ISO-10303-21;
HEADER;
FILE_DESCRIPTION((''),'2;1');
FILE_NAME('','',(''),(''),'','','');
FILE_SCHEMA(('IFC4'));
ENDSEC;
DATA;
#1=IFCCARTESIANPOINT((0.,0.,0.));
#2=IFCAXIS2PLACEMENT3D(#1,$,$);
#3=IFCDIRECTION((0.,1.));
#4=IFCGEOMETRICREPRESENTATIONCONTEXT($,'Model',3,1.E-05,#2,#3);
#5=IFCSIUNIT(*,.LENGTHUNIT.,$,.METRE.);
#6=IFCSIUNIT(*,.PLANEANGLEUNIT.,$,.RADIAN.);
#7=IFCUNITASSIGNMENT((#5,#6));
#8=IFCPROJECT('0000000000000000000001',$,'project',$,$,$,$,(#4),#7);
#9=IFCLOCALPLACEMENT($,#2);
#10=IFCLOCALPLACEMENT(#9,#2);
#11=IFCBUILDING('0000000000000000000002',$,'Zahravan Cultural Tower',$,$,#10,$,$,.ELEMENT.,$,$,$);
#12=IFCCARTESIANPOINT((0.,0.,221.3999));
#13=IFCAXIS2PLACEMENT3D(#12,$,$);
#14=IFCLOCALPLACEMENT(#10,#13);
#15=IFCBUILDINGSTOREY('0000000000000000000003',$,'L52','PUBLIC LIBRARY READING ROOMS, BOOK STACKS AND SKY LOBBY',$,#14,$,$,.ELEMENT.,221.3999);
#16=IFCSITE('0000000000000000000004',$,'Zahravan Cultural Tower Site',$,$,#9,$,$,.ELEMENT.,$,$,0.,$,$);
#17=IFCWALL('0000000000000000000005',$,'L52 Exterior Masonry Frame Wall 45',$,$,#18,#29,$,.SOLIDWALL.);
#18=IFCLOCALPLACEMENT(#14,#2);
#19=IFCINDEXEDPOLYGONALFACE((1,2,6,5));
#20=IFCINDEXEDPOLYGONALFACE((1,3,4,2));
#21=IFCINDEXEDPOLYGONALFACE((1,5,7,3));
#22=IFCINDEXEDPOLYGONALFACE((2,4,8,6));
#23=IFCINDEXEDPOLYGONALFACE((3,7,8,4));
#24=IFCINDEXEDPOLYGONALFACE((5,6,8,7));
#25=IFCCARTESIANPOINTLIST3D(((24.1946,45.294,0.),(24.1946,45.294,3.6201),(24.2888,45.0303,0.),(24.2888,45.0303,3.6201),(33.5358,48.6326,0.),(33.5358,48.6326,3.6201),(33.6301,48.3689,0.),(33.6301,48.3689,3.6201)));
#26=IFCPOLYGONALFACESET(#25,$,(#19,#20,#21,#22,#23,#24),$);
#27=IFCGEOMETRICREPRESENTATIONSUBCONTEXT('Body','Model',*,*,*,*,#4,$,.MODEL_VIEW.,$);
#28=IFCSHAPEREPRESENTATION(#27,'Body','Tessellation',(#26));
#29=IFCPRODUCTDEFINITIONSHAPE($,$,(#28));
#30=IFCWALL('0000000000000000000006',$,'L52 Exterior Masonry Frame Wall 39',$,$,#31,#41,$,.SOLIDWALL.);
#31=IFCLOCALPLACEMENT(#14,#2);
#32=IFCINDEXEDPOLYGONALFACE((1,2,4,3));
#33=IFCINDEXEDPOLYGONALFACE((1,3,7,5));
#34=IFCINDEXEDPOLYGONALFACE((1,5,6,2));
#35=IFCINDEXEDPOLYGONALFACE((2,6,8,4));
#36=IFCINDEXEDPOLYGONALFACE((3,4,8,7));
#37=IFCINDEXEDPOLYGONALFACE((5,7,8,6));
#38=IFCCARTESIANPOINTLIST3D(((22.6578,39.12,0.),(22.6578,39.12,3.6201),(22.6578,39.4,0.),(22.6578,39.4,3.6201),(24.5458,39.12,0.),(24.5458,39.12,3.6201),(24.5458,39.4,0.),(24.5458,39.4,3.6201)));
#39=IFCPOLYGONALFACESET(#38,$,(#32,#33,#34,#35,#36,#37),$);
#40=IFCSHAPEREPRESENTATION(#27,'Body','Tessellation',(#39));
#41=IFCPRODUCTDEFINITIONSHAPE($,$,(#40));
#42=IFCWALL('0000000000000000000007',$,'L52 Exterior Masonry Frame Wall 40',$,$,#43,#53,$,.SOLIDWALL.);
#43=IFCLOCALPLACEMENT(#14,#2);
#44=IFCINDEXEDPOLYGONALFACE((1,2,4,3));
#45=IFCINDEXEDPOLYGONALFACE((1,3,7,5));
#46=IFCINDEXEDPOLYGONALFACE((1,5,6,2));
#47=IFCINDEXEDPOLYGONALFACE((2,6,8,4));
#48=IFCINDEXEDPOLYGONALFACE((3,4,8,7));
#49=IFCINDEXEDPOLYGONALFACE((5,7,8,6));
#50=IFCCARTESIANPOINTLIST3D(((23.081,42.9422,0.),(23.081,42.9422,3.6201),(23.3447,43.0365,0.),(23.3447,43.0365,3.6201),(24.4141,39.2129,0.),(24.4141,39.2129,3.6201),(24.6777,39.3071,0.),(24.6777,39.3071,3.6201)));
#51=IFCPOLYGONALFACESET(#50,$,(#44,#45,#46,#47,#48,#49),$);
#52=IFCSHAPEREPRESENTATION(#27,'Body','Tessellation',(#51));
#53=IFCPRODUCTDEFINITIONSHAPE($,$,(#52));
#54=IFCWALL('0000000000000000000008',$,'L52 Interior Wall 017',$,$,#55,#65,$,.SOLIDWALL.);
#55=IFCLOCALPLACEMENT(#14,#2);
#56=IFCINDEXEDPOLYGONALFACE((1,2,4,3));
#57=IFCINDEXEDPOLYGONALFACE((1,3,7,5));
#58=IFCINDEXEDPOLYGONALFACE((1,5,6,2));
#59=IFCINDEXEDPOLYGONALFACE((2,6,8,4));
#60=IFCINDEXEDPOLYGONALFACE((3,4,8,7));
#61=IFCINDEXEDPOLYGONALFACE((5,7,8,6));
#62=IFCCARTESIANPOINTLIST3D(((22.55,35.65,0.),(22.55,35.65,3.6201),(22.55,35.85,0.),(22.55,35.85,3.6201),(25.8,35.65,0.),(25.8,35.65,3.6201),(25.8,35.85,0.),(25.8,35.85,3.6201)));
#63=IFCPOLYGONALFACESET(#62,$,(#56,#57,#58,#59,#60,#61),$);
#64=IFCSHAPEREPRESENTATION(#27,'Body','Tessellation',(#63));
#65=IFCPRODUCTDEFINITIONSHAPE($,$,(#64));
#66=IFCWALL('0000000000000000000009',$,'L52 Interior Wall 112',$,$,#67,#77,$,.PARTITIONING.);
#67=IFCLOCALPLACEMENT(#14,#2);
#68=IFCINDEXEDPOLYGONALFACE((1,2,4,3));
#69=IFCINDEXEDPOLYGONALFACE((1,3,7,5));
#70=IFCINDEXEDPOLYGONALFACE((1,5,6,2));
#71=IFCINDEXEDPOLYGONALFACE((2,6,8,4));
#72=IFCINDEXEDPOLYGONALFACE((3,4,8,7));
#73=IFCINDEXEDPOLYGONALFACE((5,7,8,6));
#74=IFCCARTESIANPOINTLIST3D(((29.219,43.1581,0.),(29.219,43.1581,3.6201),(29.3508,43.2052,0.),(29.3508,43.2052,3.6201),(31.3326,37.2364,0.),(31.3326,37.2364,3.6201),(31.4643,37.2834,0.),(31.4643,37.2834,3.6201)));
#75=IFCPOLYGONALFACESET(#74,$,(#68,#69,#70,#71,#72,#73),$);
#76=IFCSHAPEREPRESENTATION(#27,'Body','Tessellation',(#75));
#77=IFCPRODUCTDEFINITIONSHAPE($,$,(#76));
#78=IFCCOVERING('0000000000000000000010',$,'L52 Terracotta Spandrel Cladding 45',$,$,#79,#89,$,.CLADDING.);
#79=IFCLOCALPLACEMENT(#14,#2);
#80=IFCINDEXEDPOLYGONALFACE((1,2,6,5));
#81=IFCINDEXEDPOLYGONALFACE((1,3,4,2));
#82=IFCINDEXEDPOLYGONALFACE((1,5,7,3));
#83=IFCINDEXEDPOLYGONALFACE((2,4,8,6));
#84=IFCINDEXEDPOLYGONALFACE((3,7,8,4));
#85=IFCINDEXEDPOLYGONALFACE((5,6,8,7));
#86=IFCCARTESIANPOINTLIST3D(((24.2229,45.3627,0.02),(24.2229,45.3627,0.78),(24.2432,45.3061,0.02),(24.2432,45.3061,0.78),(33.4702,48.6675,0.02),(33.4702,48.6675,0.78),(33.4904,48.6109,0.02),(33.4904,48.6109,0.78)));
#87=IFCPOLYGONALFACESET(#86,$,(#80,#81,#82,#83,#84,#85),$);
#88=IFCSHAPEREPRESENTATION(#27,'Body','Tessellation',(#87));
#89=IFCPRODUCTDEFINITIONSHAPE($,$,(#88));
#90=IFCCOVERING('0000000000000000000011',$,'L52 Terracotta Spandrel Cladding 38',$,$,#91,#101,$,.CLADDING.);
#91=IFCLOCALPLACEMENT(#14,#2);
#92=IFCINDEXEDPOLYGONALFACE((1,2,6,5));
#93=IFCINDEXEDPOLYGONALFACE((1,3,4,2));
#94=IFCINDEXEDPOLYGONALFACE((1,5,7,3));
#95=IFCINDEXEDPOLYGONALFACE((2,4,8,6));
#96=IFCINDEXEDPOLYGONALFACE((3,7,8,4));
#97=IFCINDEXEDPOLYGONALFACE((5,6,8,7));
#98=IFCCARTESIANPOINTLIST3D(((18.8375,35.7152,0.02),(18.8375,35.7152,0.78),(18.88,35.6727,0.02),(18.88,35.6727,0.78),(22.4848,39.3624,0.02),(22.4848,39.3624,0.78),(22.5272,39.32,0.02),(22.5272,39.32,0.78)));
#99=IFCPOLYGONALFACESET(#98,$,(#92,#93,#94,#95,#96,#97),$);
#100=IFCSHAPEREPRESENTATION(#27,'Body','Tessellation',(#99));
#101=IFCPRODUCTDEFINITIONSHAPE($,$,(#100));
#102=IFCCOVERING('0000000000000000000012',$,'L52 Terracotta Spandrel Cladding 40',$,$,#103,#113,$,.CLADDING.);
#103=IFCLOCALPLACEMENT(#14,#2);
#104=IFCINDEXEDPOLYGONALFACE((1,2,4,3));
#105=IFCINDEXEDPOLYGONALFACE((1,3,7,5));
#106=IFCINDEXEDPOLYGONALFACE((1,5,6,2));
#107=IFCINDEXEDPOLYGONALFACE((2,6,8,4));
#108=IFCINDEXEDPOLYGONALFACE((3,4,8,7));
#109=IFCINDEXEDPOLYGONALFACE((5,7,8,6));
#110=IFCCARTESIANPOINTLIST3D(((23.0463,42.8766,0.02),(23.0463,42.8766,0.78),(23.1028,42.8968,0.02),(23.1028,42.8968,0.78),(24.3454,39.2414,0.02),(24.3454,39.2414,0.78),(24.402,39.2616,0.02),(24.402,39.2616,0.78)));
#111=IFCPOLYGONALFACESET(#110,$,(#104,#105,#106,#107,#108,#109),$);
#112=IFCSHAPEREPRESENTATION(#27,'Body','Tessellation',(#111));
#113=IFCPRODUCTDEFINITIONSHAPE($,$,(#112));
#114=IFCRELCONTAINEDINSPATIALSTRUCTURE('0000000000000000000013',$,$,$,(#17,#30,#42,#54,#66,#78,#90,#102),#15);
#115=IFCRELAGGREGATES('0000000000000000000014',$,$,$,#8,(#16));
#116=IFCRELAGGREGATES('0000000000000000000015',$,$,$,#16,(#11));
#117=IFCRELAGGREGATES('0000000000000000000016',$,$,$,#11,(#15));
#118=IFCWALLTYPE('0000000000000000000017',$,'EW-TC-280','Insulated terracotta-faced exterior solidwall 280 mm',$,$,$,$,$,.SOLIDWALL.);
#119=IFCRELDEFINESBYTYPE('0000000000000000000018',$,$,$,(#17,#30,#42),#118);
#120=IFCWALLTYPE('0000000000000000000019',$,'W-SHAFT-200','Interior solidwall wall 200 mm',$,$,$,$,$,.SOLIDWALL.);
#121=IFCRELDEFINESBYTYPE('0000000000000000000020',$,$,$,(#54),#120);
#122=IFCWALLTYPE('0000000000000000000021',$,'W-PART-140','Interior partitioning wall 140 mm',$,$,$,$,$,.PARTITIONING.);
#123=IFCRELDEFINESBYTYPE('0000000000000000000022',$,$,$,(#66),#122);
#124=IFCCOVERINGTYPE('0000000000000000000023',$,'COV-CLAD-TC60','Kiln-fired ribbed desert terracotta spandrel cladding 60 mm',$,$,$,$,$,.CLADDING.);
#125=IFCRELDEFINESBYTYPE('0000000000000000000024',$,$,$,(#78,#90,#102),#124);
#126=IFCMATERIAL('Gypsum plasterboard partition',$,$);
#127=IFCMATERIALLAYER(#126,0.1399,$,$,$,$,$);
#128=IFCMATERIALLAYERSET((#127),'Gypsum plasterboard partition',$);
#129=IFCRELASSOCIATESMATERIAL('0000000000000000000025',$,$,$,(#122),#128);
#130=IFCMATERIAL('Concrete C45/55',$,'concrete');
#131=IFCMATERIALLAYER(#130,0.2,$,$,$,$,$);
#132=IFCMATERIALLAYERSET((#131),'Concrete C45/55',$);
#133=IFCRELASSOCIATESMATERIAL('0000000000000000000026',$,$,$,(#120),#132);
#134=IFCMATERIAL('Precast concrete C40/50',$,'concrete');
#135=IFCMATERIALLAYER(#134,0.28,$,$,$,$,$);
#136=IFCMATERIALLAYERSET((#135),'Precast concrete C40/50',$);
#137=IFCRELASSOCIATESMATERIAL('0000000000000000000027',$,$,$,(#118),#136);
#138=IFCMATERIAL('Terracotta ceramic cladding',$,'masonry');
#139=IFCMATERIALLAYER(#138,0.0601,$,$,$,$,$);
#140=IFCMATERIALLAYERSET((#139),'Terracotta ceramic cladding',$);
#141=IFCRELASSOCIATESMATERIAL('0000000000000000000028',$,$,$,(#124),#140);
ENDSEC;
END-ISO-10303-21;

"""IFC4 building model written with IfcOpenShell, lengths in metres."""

from ifc_helpers import new_model, si_unit, direction, frame, frame_2d, origin, origin_2d, place, context, subcontext, project, spatial, rectangle, extrude, source, transform, mapped, material, layer, layer_set, type_object, element, save


model = new_model("IFC4")

# Units and contexts
model_context = context("Model", 3, precision=1e-05, world=origin(), true_north=direction((0.0, 1.0)))
body_context = subcontext(model_context, "Body", "Model", "MODEL_VIEW")
ifc_project = project(units=[si_unit("LENGTHUNIT", "METRE"), si_unit("PLANEANGLEUNIT", "RADIAN")], contexts=[model_context])

# Site, building, storey
site_placement = place(None, origin())
site = spatial("IfcSite", under=ifc_project, at=site_placement, Name="Zahravan Cultural Tower Site", CompositionType="ELEMENT", RefElevation=0.0)
building_placement = place(site_placement, origin())
building = spatial("IfcBuilding", under=site, at=building_placement, Name="Zahravan Cultural Tower", CompositionType="ELEMENT")
storey_placement = place(building_placement, frame((0.0, 0.0, 221.3999)))
storey = spatial("IfcBuildingStorey", under=building, at=storey_placement, Name="L52", Description="PUBLIC LIBRARY READING ROOMS, BOOK STACKS AND SKY LOBBY", CompositionType="ELEMENT", Elevation=221.3999)

# Shared definitions
ifc_material_1 = material(Name="Gypsum plasterboard partition")
ifc_layer_1 = layer(ifc_material_1, 0.1399)
ifc_layer_set_1 = layer_set([ifc_layer_1], Name="Gypsum plasterboard partition")
wall_type_1 = type_object("IfcWallType", Name="W-PART-140", Description="Interior partitioning wall 140 mm", PredefinedType="PARTITIONING", material=ifc_layer_set_1)
ifc_material_2 = material(Name="Concrete C45/55", Category="concrete")
ifc_layer_2 = layer(ifc_material_2, 0.2)
ifc_layer_set_2 = layer_set([ifc_layer_2], Name="Concrete C45/55")
wall_type_2 = type_object("IfcWallType", Name="W-SHAFT-200", Description="Interior solidwall wall 200 mm", PredefinedType="SOLIDWALL", material=ifc_layer_set_2)

# Walls
ifc_material_3 = material(Name="Precast concrete C40/50", Category="concrete")
ifc_layer_3 = layer(ifc_material_3, 0.28)
ifc_layer_set_3 = layer_set([ifc_layer_3], Name="Precast concrete C40/50")
wall_type_3 = type_object("IfcWallType", Name="EW-TC-280", Description="Insulated terracotta-faced exterior solidwall 280 mm", PredefinedType="SOLIDWALL", material=ifc_layer_set_3)
shared_shape_1 = source(origin(), body_context, "Body", "SweptSolid", [
    extrude(rectangle(XDim=9.9199, YDim=0.28, at=frame_2d((4.96, 0.0))), origin(), (0.0, 0.0, 1.0), 3.6201),
])
wall_1_placement = place(storey_placement, frame((24.2417, 45.1621, 0.0), z_axis=(0.0, 0.0, 1.0), x_axis=(0.941664, 0.336555, 0.0)))
element("IfcWall", 1, at=wall_1_placement, inside=storey, type_object=wall_type_3, Name="L52 Exterior Masonry Frame Wall 45", PredefinedType="SOLIDWALL", context=body_context, shape_type="MappedRepresentation", body=[
    mapped(shared_shape_1, transform((0.0, 0.0, 0.0), x_axis=(1.0, 0.0, 0.0), y_axis=(0.0, 1.0, 0.0), z_axis=(0.0, 0.0, 1.0), scale=1.0)),
])
shared_shape_2 = source(origin(), body_context, "Body", "SweptSolid", [
    extrude(rectangle(XDim=1.8879, YDim=0.28, at=frame_2d((0.9438, 0.0))), origin(), (0.0, 0.0, 1.0), 3.6201),
])
wall_2_placement = place(storey_placement, frame((22.658, 39.26, 0.0), z_axis=(0.0, 0.0, 1.0), x_axis=(1.0, 0.0, 0.0)))
element("IfcWall", 2, at=wall_2_placement, inside=storey, type_object=wall_type_3, Name="L52 Exterior Masonry Frame Wall 39", PredefinedType="SOLIDWALL", context=body_context, shape_type="MappedRepresentation", body=[
    mapped(shared_shape_2, transform((0.0, 0.0, 0.0), x_axis=(1.0, 0.0, 0.0), y_axis=(0.0, 1.0, 0.0), z_axis=(0.0, 0.0, 1.0), scale=1.0)),
])
shared_shape_3 = source(origin(), body_context, "Body", "SweptSolid", [
    extrude(rectangle(XDim=3.9604, YDim=0.28, at=frame_2d((1.9802, 0.0))), origin(), (0.0, 0.0, 1.0), 3.6201),
])
wall_3_placement = place(storey_placement, frame((24.5459, 39.26, 0.0), z_axis=(0.0, 0.0, 1.0), x_axis=(-0.33659, 0.941651, 0.0)))
element("IfcWall", 3, at=wall_3_placement, inside=storey, type_object=wall_type_3, Name="L52 Exterior Masonry Frame Wall 40", PredefinedType="SOLIDWALL", context=body_context, shape_type="MappedRepresentation", body=[
    mapped(shared_shape_3, transform((0.0, 0.0, 0.0), x_axis=(1.0, 0.0, 0.0), y_axis=(0.0, 1.0, 0.0), z_axis=(0.0, 0.0, 1.0), scale=1.0)),
])
shared_shape_4 = source(origin(), body_context, "Body", "SweptSolid", [
    extrude(rectangle(XDim=3.25, YDim=0.2, at=frame_2d((1.625, 0.0))), origin(), (0.0, 0.0, 1.0), 3.6201),
])
wall_4_placement = place(storey_placement, frame((22.55, 35.75, 0.0), z_axis=(0.0, 0.0, 1.0), x_axis=(1.0, 0.0, 0.0)))
element("IfcWall", 4, at=wall_4_placement, inside=storey, type_object=wall_type_2, Name="L52 Interior Wall 017", PredefinedType="SOLIDWALL", context=body_context, shape_type="MappedRepresentation", body=[
    mapped(shared_shape_4, transform((0.0, 0.0, 0.0), x_axis=(1.0, 0.0, 0.0), y_axis=(0.0, 1.0, 0.0), z_axis=(0.0, 0.0, 1.0), scale=1.0)),
])
shared_shape_5 = source(origin(), body_context, "Body", "SweptSolid", [
    extrude(rectangle(XDim=6.2876, YDim=0.1399, at=frame_2d((3.1438, 0.0))), origin(), (0.0, 0.0, 1.0), 3.6201),
])
wall_5_placement = place(storey_placement, frame((29.2849, 43.1816, 0.0), z_axis=(0.0, 0.0, 1.0), x_axis=(0.336147, -0.94181, 0.0)))
element("IfcWall", 5, at=wall_5_placement, inside=storey, type_object=wall_type_1, Name="L52 Interior Wall 112", PredefinedType="PARTITIONING", context=body_context, shape_type="MappedRepresentation", body=[
    mapped(shared_shape_5, transform((0.0, 0.0, 0.0), x_axis=(1.0, 0.0, 0.0), y_axis=(0.0, 1.0, 0.0), z_axis=(0.0, 0.0, 1.0), scale=1.0)),
])

# Coverings
ifc_material_4 = material(Name="Terracotta ceramic cladding", Category="masonry")
ifc_layer_4 = layer(ifc_material_4, 0.0601)
ifc_layer_set_4 = layer_set([ifc_layer_4], Name="Terracotta ceramic cladding")
covering_type = type_object("IfcCoveringType", Name="COV-CLAD-TC60", Description="Kiln-fired ribbed desert terracotta spandrel cladding 60 mm", PredefinedType="CLADDING", material=ifc_layer_set_4)
shared_shape_6 = source(origin(), body_context, "Body", "SweptSolid", [
    extrude(rectangle(XDim=9.8201, YDim=0.0601, at=origin_2d()), origin(), (0.0, 0.0, 1.0), 0.76),
])
covering_1_placement = place(storey_placement, frame((28.8567, 46.9868, 0.02), z_axis=(0.0, 0.0, 1.0), x_axis=(0.94167, 0.336537, 0.0)))
element("IfcCovering", 6, at=covering_1_placement, inside=storey, type_object=covering_type, Name="L52 Terracotta Spandrel Cladding 45", PredefinedType="CLADDING", context=body_context, shape_type="MappedRepresentation", body=[
    mapped(shared_shape_6, transform((0.0, 0.0, 0.0), x_axis=(1.0, 0.0, 0.0), y_axis=(0.0, 1.0, 0.0), z_axis=(0.0, 0.0, 1.0), scale=1.0)),
])
shared_shape_7 = source(origin(), body_context, "Body", "SweptSolid", [
    extrude(rectangle(XDim=5.158, YDim=0.0601, at=origin_2d()), origin(), (0.0, 0.0, 1.0), 0.76),
])
covering_2_placement = place(storey_placement, frame((20.6824, 37.5176, 0.02), z_axis=(0.0, 0.0, 1.0), x_axis=(0.707107, 0.707107, 0.0)))
element("IfcCovering", 7, at=covering_2_placement, inside=storey, type_object=covering_type, Name="L52 Terracotta Spandrel Cladding 38", PredefinedType="CLADDING", context=body_context, shape_type="MappedRepresentation", body=[
    mapped(shared_shape_7, transform((0.0, 0.0, 0.0), x_axis=(1.0, 0.0, 0.0), y_axis=(0.0, 1.0, 0.0), z_axis=(0.0, 0.0, 1.0), scale=1.0)),
])
shared_shape_8 = source(origin(), body_context, "Body", "SweptSolid", [
    extrude(rectangle(XDim=3.8604, YDim=0.0601, at=origin_2d()), origin(), (0.0, 0.0, 1.0), 0.76),
])
covering_3_placement = place(storey_placement, frame((23.7241, 41.0691, 0.02), z_axis=(0.0, 0.0, 1.0), x_axis=(-0.336537, 0.94167, 0.0)))
element("IfcCovering", 8, at=covering_3_placement, inside=storey, type_object=covering_type, Name="L52 Terracotta Spandrel Cladding 40", PredefinedType="CLADDING", context=body_context, shape_type="MappedRepresentation", body=[
    mapped(shared_shape_8, transform((0.0, 0.0, 0.0), x_axis=(1.0, 0.0, 0.0), y_axis=(0.0, 1.0, 0.0), z_axis=(0.0, 0.0, 1.0), scale=1.0)),
])

save(model, "model.ifc")
